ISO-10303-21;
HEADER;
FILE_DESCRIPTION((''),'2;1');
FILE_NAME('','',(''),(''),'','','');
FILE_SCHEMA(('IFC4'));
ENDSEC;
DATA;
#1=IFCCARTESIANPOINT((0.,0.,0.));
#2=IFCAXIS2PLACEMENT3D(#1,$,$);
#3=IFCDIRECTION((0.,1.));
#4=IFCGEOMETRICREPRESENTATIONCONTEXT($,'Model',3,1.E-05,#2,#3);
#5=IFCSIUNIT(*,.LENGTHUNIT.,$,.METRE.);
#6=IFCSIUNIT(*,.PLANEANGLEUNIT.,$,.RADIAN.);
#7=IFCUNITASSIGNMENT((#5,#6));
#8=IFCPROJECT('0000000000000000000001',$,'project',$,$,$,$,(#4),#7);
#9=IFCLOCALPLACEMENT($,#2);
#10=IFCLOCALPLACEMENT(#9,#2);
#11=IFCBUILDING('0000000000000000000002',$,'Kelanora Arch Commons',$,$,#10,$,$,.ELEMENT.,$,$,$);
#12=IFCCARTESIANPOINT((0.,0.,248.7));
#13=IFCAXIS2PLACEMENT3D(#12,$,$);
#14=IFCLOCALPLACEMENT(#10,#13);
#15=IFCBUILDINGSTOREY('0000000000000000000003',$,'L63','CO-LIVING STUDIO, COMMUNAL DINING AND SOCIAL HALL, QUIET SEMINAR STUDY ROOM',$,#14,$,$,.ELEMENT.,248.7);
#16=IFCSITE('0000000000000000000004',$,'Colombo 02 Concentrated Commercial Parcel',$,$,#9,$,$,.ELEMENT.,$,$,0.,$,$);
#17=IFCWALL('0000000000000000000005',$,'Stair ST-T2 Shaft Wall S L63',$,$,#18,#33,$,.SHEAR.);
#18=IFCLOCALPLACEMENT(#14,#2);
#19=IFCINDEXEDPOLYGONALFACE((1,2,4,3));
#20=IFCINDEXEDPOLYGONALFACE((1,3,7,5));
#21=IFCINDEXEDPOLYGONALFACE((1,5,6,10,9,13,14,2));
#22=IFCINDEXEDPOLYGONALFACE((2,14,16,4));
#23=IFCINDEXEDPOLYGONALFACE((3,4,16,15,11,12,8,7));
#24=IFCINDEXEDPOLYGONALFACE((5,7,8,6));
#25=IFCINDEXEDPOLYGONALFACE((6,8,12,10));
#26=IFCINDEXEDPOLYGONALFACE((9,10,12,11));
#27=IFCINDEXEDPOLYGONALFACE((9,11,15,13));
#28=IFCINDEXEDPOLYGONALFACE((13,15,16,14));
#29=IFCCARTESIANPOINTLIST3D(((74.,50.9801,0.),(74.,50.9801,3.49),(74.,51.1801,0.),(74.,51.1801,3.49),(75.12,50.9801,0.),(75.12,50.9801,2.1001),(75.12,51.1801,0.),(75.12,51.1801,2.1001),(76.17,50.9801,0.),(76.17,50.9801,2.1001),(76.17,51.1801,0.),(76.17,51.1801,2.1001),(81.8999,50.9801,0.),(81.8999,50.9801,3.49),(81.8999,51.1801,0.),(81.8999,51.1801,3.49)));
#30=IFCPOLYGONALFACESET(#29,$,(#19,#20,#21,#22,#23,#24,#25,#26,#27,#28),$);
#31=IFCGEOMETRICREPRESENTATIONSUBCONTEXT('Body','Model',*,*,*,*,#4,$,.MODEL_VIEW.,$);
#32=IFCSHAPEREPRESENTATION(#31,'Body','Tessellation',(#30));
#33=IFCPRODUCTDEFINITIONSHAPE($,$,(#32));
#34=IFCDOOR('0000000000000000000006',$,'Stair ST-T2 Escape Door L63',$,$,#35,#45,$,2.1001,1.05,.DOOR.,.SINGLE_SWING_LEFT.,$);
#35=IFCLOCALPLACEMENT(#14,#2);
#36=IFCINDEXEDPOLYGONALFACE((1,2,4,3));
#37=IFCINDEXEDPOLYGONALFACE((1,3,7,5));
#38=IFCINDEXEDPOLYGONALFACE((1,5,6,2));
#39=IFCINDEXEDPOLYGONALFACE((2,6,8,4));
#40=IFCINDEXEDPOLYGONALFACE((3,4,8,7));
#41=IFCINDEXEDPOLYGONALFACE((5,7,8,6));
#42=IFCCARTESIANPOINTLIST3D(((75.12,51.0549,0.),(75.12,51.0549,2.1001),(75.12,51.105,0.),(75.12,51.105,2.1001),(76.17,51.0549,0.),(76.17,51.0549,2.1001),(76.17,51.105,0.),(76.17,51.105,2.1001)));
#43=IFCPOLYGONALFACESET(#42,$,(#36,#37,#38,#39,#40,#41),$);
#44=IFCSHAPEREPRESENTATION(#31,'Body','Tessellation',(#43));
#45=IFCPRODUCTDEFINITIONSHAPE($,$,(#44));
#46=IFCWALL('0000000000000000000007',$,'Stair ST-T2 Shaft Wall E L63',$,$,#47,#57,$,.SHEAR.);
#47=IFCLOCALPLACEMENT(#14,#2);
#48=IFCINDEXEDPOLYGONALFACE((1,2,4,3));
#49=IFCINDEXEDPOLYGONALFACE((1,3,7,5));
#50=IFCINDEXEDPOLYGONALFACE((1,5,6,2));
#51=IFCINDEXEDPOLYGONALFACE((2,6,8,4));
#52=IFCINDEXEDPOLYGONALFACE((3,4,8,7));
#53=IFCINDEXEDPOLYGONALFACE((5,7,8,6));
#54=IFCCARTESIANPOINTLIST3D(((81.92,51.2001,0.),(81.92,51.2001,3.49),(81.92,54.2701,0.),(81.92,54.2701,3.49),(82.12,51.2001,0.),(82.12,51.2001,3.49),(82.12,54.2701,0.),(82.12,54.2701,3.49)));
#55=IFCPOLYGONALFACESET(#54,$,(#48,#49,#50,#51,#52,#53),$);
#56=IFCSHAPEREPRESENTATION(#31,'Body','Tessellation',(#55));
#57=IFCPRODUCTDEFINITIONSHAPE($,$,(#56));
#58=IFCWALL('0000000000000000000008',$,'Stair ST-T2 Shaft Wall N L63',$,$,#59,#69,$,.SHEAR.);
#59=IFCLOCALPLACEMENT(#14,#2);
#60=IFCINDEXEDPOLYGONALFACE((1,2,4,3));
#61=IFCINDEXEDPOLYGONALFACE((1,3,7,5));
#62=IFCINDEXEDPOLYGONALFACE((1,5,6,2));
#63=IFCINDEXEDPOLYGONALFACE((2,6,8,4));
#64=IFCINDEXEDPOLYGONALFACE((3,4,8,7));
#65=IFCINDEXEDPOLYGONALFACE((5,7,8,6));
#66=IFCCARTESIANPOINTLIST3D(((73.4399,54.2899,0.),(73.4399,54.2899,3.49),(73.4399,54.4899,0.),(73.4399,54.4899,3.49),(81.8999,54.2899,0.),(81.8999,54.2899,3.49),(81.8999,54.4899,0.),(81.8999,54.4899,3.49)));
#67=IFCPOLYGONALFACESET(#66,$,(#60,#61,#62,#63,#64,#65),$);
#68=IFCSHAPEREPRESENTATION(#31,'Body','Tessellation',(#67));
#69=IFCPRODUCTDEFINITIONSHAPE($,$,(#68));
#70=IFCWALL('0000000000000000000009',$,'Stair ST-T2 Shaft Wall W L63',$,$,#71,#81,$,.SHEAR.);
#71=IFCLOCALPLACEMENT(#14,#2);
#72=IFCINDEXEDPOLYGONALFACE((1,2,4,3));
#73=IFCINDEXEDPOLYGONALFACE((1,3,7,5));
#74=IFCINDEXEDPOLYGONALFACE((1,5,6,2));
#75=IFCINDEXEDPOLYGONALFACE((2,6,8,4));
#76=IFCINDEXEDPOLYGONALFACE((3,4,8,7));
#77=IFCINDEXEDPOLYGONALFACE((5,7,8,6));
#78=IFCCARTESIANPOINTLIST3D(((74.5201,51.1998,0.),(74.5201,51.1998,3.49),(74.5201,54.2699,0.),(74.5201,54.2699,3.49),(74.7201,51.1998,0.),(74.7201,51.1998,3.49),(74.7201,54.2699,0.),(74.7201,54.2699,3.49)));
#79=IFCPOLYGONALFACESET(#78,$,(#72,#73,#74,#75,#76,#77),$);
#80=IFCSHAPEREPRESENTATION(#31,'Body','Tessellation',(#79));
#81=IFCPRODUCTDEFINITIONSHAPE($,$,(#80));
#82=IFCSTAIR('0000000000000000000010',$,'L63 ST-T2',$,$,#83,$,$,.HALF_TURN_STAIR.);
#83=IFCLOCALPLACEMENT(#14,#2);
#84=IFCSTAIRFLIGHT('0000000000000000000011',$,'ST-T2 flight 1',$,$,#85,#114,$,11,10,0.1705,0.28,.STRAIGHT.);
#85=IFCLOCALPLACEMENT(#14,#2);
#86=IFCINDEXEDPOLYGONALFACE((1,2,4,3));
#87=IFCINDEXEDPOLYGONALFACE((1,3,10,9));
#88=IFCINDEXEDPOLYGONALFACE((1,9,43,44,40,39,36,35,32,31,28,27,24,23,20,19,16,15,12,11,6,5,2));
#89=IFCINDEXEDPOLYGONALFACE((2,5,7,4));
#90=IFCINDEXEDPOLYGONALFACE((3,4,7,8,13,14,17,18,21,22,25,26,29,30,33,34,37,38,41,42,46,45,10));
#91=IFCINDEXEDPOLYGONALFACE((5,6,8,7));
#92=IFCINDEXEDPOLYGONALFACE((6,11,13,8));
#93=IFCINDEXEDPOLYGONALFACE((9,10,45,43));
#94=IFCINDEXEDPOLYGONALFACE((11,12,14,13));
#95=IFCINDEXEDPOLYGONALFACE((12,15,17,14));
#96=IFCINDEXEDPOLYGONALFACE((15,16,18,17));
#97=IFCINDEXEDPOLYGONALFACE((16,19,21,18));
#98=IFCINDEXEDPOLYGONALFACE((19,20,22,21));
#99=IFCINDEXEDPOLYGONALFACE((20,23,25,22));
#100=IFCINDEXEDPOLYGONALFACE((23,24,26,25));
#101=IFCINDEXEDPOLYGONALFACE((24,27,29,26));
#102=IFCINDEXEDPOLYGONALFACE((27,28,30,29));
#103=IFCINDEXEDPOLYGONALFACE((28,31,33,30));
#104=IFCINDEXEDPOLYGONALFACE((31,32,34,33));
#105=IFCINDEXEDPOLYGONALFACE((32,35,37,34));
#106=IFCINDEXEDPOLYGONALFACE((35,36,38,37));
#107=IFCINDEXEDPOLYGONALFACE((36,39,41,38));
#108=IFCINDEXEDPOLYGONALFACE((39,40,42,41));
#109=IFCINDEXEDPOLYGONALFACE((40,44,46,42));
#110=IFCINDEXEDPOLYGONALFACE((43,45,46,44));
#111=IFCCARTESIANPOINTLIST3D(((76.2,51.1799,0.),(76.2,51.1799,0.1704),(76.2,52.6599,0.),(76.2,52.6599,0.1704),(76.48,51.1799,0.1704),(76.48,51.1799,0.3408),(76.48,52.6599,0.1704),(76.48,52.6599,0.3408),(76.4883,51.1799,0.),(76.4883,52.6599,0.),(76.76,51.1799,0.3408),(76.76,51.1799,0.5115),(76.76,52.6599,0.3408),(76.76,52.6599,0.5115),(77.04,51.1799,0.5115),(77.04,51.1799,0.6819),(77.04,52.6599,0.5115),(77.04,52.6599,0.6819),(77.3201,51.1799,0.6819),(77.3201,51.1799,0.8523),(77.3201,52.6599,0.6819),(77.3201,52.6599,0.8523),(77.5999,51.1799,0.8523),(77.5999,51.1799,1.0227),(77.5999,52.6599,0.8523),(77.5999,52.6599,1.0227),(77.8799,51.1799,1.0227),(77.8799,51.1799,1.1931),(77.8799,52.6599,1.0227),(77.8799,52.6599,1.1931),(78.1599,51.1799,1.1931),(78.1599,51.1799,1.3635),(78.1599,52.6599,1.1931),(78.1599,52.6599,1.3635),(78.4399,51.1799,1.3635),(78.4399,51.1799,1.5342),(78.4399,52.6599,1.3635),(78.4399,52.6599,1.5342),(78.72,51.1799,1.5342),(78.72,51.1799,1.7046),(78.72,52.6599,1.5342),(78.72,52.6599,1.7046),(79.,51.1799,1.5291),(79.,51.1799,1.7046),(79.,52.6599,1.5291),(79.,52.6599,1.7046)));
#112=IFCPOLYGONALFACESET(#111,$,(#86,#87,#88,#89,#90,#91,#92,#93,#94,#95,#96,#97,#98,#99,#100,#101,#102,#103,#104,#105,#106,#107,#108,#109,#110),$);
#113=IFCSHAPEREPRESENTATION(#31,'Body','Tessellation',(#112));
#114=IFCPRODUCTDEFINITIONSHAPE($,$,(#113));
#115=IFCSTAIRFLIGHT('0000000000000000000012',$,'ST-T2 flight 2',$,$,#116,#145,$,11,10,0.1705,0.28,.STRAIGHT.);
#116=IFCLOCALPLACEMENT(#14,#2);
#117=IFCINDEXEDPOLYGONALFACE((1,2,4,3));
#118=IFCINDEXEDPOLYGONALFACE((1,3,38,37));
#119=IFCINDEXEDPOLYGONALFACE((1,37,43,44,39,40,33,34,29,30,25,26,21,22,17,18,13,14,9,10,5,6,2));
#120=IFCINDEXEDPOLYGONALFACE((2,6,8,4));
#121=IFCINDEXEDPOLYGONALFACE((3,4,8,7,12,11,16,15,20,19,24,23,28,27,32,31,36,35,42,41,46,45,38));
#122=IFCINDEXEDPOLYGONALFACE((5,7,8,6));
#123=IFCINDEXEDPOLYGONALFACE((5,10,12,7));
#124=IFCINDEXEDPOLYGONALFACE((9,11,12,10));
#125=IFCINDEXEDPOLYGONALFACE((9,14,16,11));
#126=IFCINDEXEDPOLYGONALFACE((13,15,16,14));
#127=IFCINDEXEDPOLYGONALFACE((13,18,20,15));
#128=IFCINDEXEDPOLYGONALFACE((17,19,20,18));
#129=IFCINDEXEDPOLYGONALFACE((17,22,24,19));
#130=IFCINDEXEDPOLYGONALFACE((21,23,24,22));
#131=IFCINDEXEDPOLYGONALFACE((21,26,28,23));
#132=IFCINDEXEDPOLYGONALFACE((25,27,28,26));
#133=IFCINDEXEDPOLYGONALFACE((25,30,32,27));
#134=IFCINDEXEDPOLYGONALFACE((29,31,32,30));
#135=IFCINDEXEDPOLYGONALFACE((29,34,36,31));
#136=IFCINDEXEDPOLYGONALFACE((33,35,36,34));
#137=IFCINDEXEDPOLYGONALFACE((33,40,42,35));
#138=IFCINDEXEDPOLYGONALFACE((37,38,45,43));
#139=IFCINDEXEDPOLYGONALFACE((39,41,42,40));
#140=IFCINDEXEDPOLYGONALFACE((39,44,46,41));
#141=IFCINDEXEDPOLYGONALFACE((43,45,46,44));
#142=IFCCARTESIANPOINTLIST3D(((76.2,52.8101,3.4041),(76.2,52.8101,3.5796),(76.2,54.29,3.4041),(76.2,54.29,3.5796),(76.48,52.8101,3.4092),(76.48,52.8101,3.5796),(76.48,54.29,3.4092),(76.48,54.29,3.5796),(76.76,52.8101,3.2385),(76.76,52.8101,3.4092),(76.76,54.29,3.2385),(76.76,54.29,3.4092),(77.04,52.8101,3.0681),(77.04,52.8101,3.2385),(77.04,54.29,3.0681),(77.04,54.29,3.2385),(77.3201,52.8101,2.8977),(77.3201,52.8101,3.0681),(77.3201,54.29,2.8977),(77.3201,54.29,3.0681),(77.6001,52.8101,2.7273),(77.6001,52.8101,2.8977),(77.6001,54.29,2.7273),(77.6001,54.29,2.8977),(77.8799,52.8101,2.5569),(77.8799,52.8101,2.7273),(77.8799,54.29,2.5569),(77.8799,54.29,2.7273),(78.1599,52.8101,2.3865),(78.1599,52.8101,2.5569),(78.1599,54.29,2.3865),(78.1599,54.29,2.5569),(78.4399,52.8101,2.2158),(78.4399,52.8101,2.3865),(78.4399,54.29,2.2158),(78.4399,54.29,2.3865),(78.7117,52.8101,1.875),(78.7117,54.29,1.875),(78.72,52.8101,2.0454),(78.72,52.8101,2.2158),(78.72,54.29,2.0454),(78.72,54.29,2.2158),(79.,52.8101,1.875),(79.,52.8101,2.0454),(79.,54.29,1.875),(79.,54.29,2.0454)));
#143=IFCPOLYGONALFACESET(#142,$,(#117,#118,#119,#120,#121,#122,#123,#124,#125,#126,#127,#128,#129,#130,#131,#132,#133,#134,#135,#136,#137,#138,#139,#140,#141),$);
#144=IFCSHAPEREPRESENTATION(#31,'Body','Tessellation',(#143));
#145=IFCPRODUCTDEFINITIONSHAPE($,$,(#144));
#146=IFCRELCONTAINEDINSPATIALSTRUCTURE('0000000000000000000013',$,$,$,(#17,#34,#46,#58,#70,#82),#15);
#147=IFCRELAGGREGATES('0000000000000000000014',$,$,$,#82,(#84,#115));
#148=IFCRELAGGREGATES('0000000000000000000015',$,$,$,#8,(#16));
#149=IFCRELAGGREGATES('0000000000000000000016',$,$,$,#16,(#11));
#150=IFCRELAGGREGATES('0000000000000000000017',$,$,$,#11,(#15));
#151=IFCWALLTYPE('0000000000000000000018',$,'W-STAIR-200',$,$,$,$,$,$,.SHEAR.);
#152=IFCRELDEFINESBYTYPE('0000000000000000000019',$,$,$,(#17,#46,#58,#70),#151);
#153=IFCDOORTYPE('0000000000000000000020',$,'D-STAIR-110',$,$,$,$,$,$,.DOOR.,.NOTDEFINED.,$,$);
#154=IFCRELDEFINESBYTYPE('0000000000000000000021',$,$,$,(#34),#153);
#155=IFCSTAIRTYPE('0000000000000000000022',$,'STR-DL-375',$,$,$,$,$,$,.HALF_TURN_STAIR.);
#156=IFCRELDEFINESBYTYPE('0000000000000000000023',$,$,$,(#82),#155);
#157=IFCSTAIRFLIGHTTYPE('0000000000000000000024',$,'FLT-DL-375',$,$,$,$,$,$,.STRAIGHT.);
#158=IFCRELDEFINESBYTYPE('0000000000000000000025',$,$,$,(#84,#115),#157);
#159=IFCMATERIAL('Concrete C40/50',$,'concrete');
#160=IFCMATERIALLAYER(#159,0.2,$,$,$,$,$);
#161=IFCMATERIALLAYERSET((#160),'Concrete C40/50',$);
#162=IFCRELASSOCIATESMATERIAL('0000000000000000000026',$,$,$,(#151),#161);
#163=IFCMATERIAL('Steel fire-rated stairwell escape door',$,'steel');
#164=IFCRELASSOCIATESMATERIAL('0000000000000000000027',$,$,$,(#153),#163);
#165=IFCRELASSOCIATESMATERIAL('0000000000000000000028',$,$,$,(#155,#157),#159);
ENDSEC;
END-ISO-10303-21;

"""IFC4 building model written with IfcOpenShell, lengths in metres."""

from ifc_helpers import new_model, si_unit, direction, frame, frame_2d, origin, place, context, subcontext, project, spatial, polyline, rectangle, outline, extrude, material, layer, layer_set, type_object, element, fill, aggregate, save


model = new_model("IFC4")

# Units and contexts
model_context = context("Model", 3, precision=1e-05, world=origin(), true_north=direction((0.0, 1.0)))
body_context = subcontext(model_context, "Body", "Model", "MODEL_VIEW")
ifc_project = project(units=[si_unit("LENGTHUNIT", "METRE"), si_unit("PLANEANGLEUNIT", "RADIAN")], contexts=[model_context])

# Site, building, storey
site_placement = place(None, origin())
site = spatial("IfcSite", under=ifc_project, at=site_placement, Name="Colombo 02 Concentrated Commercial Parcel", CompositionType="ELEMENT", RefElevation=0.0)
building_placement = place(site_placement, origin())
building = spatial("IfcBuilding", under=site, at=building_placement, Name="Kelanora Arch Commons", CompositionType="ELEMENT")
storey_placement = place(building_placement, frame((0.0, 0.0, 248.7)))
storey = spatial("IfcBuildingStorey", under=building, at=storey_placement, Name="L63", Description="CO-LIVING STUDIO, COMMUNAL DINING AND SOCIAL HALL, QUIET SEMINAR STUDY ROOM", CompositionType="ELEMENT", Elevation=248.7)

# Wall, opening, door
ifc_material_1 = material(Name="Concrete C40/50", Category="concrete")
ifc_layer_1 = layer(ifc_material_1, 0.2)
ifc_layer_set_1 = layer_set([ifc_layer_1], Name="Concrete C40/50")
wall_type_1 = type_object("IfcWallType", Name="W-STAIR-200", PredefinedType="SHEAR", material=ifc_layer_set_1)
wall_1_placement = place(storey_placement, frame((74.0, 51.0801, 0.0), z_axis=(0.0, 0.0, 1.0), x_axis=(1.0, 0.0, 0.0)))
wall_1 = element("IfcWall", 1, at=wall_1_placement, inside=storey, type_object=wall_type_1, Name="Stair ST-T2 Shaft Wall S L63", PredefinedType="SHEAR", context=body_context, shape_type="SweptSolid", body=[
    extrude(rectangle(XDim=7.8999, YDim=0.2, at=frame_2d((3.95, 0.0))), origin(), (0.0, 0.0, 1.0), 3.49),
])
opening_placement = place(wall_1_placement, frame((1.1201, 0.0, 0.0)))
opening = element("IfcOpeningElement", 2, at=opening_placement, cuts=wall_1, PredefinedType="OPENING", context=body_context, shape_type="SweptSolid", body=[
    extrude(rectangle(XDim=1.05, YDim=2.1001, at=frame_2d((0.5249, 1.05))), frame((0.0, 0.1099, 0.0), z_axis=(0.0, -1.0, 0.0), x_axis=(1.0, 0.0, 0.0)), (0.0, 0.0, 1.0), 0.22),
])
ifc_material_2 = material(Name="Steel fire-rated stairwell escape door", Category="steel")
door_type = type_object("IfcDoorType", Name="D-STAIR-110", OperationType="NOTDEFINED", PredefinedType="DOOR", material=ifc_material_2)
door_placement = place(opening_placement, origin())
door = element("IfcDoor", 3, at=door_placement, inside=storey, type_object=door_type, Name="Stair ST-T2 Escape Door L63", OperationType="SINGLE_SWING_LEFT", OverallHeight=2.1001, OverallWidth=1.05, PredefinedType="DOOR", context=body_context, shape_type="SweptSolid", body=[
    extrude(rectangle(XDim=1.05, YDim=2.1001, at=frame_2d((0.5249, 1.05))), frame((0.0, 0.0249, 0.0), z_axis=(0.0, -1.0, 0.0), x_axis=(1.0, 0.0, 0.0)), (0.0, 0.0, 1.0), 0.05),
])
fill(opening, door)

# Walls
wall_2_placement = place(storey_placement, frame((82.02, 51.2, 0.0), z_axis=(0.0, 0.0, 1.0), x_axis=(0.0, 1.0, 0.0)))
element("IfcWall", 4, at=wall_2_placement, inside=storey, type_object=wall_type_1, Name="Stair ST-T2 Shaft Wall E L63", PredefinedType="SHEAR", context=body_context, shape_type="SweptSolid", body=[
    extrude(rectangle(XDim=3.0701, YDim=0.2, at=frame_2d((1.5352, 0.0))), origin(), (0.0, 0.0, 1.0), 3.49),
])
wall_3_placement = place(storey_placement, frame((81.8999, 54.3899, 0.0), z_axis=(0.0, 0.0, 1.0), x_axis=(-1.0, 0.0, 0.0)))
element("IfcWall", 5, at=wall_3_placement, inside=storey, type_object=wall_type_1, Name="Stair ST-T2 Shaft Wall N L63", PredefinedType="SHEAR", context=body_context, shape_type="SweptSolid", body=[
    extrude(rectangle(XDim=8.46, YDim=0.2, at=frame_2d((4.23, 0.0))), origin(), (0.0, 0.0, 1.0), 3.49),
])
wall_4_placement = place(storey_placement, frame((74.6201, 54.27, 0.0), z_axis=(0.0, 0.0, 1.0), x_axis=(0.0, -1.0, 0.0)))
element("IfcWall", 6, at=wall_4_placement, inside=storey, type_object=wall_type_1, Name="Stair ST-T2 Shaft Wall W L63", PredefinedType="SHEAR", context=body_context, shape_type="SweptSolid", body=[
    extrude(rectangle(XDim=3.0701, YDim=0.2, at=frame_2d((1.5352, 0.0))), origin(), (0.0, 0.0, 1.0), 3.49),
])

# Stair, stair flights
stair_type = type_object("IfcStairType", Name="STR-DL-375", PredefinedType="HALF_TURN_STAIR", material=ifc_material_1)
stair_placement = place(storey_placement, origin())
stair = element("IfcStair", 7, at=stair_placement, inside=storey, type_object=stair_type, Name="L63 ST-T2", PredefinedType="HALF_TURN_STAIR")
stair_flight_type = type_object("IfcStairFlightType", Name="FLT-DL-375", PredefinedType="STRAIGHT", material=ifc_material_1)
stair_flight_1_placement = place(storey_placement, frame((76.2, 51.9199, 0.0), z_axis=(0.0, 0.0, 1.0), x_axis=(1.0, 0.0, 0.0)))
stair_flight_1 = element("IfcStairFlight", 8, at=stair_flight_1_placement, type_object=stair_flight_type, Name="ST-T2 flight 1", NumberOfRisers=11, NumberOfTreads=10, PredefinedType="STRAIGHT", RiserHeight=0.1705, TreadLength=0.28, context=body_context, shape_type="SweptSolid", body=[
    extrude(outline(polyline([(0.0, 0.0), (0.0, 0.1704), (0.28, 0.1704), (0.28, 0.3408), (0.5601, 0.3408), (0.5601, 0.5115), (0.8401, 0.5115), (0.8401, 0.6819), (1.1201, 0.6819), (1.1201, 0.8523), (1.3999, 0.8523), (1.3999, 1.0227), (1.6799, 1.0227), (1.6799, 1.1931), (1.96, 1.1931), (1.96, 1.3635), (2.24, 1.3635), (2.24, 1.5342), (2.52, 1.5342), (2.52, 1.7046), (2.8, 1.7046), (2.8, 1.875), (2.8, 1.5291), (0.2883, 0.0), (0.0, 0.0)])), frame((0.0, 0.74, 0.0), z_axis=(0.0, -1.0, 0.0), x_axis=(1.0, 0.0, 0.0)), (0.0, 0.0, 1.0), 1.48),
])
stair_flight_2_placement = place(storey_placement, frame((79.0, 53.55, 1.875), z_axis=(0.0, 0.0, 1.0), x_axis=(-1.0, 0.0, 0.0)))
stair_flight_2 = element("IfcStairFlight", 9, at=stair_flight_2_placement, type_object=stair_flight_type, Name="ST-T2 flight 2", NumberOfRisers=11, NumberOfTreads=10, PredefinedType="STRAIGHT", RiserHeight=0.1705, TreadLength=0.28, context=body_context, shape_type="SweptSolid", body=[
    extrude(outline(polyline([(0.0, 0.0), (0.0, 0.1704), (0.28, 0.1704), (0.28, 0.3408), (0.5601, 0.3408), (0.5601, 0.5115), (0.8401, 0.5115), (0.8401, 0.6819), (1.1201, 0.6819), (1.1201, 0.8523), (1.3999, 0.8523), (1.3999, 1.0227), (1.6799, 1.0227), (1.6799, 1.1931), (1.96, 1.1931), (1.96, 1.3635), (2.24, 1.3635), (2.24, 1.5342), (2.52, 1.5342), (2.52, 1.7046), (2.8, 1.7046), (2.8, 1.875), (2.8, 1.5291), (0.2883, 0.0), (0.0, 0.0)])), frame((0.0, 0.74, 0.0), z_axis=(0.0, -1.0, 0.0), x_axis=(1.0, 0.0, 0.0)), (0.0, 0.0, 1.0), 1.48),
])
aggregate(stair, [stair_flight_1, stair_flight_2])

save(model, "model.ifc")
